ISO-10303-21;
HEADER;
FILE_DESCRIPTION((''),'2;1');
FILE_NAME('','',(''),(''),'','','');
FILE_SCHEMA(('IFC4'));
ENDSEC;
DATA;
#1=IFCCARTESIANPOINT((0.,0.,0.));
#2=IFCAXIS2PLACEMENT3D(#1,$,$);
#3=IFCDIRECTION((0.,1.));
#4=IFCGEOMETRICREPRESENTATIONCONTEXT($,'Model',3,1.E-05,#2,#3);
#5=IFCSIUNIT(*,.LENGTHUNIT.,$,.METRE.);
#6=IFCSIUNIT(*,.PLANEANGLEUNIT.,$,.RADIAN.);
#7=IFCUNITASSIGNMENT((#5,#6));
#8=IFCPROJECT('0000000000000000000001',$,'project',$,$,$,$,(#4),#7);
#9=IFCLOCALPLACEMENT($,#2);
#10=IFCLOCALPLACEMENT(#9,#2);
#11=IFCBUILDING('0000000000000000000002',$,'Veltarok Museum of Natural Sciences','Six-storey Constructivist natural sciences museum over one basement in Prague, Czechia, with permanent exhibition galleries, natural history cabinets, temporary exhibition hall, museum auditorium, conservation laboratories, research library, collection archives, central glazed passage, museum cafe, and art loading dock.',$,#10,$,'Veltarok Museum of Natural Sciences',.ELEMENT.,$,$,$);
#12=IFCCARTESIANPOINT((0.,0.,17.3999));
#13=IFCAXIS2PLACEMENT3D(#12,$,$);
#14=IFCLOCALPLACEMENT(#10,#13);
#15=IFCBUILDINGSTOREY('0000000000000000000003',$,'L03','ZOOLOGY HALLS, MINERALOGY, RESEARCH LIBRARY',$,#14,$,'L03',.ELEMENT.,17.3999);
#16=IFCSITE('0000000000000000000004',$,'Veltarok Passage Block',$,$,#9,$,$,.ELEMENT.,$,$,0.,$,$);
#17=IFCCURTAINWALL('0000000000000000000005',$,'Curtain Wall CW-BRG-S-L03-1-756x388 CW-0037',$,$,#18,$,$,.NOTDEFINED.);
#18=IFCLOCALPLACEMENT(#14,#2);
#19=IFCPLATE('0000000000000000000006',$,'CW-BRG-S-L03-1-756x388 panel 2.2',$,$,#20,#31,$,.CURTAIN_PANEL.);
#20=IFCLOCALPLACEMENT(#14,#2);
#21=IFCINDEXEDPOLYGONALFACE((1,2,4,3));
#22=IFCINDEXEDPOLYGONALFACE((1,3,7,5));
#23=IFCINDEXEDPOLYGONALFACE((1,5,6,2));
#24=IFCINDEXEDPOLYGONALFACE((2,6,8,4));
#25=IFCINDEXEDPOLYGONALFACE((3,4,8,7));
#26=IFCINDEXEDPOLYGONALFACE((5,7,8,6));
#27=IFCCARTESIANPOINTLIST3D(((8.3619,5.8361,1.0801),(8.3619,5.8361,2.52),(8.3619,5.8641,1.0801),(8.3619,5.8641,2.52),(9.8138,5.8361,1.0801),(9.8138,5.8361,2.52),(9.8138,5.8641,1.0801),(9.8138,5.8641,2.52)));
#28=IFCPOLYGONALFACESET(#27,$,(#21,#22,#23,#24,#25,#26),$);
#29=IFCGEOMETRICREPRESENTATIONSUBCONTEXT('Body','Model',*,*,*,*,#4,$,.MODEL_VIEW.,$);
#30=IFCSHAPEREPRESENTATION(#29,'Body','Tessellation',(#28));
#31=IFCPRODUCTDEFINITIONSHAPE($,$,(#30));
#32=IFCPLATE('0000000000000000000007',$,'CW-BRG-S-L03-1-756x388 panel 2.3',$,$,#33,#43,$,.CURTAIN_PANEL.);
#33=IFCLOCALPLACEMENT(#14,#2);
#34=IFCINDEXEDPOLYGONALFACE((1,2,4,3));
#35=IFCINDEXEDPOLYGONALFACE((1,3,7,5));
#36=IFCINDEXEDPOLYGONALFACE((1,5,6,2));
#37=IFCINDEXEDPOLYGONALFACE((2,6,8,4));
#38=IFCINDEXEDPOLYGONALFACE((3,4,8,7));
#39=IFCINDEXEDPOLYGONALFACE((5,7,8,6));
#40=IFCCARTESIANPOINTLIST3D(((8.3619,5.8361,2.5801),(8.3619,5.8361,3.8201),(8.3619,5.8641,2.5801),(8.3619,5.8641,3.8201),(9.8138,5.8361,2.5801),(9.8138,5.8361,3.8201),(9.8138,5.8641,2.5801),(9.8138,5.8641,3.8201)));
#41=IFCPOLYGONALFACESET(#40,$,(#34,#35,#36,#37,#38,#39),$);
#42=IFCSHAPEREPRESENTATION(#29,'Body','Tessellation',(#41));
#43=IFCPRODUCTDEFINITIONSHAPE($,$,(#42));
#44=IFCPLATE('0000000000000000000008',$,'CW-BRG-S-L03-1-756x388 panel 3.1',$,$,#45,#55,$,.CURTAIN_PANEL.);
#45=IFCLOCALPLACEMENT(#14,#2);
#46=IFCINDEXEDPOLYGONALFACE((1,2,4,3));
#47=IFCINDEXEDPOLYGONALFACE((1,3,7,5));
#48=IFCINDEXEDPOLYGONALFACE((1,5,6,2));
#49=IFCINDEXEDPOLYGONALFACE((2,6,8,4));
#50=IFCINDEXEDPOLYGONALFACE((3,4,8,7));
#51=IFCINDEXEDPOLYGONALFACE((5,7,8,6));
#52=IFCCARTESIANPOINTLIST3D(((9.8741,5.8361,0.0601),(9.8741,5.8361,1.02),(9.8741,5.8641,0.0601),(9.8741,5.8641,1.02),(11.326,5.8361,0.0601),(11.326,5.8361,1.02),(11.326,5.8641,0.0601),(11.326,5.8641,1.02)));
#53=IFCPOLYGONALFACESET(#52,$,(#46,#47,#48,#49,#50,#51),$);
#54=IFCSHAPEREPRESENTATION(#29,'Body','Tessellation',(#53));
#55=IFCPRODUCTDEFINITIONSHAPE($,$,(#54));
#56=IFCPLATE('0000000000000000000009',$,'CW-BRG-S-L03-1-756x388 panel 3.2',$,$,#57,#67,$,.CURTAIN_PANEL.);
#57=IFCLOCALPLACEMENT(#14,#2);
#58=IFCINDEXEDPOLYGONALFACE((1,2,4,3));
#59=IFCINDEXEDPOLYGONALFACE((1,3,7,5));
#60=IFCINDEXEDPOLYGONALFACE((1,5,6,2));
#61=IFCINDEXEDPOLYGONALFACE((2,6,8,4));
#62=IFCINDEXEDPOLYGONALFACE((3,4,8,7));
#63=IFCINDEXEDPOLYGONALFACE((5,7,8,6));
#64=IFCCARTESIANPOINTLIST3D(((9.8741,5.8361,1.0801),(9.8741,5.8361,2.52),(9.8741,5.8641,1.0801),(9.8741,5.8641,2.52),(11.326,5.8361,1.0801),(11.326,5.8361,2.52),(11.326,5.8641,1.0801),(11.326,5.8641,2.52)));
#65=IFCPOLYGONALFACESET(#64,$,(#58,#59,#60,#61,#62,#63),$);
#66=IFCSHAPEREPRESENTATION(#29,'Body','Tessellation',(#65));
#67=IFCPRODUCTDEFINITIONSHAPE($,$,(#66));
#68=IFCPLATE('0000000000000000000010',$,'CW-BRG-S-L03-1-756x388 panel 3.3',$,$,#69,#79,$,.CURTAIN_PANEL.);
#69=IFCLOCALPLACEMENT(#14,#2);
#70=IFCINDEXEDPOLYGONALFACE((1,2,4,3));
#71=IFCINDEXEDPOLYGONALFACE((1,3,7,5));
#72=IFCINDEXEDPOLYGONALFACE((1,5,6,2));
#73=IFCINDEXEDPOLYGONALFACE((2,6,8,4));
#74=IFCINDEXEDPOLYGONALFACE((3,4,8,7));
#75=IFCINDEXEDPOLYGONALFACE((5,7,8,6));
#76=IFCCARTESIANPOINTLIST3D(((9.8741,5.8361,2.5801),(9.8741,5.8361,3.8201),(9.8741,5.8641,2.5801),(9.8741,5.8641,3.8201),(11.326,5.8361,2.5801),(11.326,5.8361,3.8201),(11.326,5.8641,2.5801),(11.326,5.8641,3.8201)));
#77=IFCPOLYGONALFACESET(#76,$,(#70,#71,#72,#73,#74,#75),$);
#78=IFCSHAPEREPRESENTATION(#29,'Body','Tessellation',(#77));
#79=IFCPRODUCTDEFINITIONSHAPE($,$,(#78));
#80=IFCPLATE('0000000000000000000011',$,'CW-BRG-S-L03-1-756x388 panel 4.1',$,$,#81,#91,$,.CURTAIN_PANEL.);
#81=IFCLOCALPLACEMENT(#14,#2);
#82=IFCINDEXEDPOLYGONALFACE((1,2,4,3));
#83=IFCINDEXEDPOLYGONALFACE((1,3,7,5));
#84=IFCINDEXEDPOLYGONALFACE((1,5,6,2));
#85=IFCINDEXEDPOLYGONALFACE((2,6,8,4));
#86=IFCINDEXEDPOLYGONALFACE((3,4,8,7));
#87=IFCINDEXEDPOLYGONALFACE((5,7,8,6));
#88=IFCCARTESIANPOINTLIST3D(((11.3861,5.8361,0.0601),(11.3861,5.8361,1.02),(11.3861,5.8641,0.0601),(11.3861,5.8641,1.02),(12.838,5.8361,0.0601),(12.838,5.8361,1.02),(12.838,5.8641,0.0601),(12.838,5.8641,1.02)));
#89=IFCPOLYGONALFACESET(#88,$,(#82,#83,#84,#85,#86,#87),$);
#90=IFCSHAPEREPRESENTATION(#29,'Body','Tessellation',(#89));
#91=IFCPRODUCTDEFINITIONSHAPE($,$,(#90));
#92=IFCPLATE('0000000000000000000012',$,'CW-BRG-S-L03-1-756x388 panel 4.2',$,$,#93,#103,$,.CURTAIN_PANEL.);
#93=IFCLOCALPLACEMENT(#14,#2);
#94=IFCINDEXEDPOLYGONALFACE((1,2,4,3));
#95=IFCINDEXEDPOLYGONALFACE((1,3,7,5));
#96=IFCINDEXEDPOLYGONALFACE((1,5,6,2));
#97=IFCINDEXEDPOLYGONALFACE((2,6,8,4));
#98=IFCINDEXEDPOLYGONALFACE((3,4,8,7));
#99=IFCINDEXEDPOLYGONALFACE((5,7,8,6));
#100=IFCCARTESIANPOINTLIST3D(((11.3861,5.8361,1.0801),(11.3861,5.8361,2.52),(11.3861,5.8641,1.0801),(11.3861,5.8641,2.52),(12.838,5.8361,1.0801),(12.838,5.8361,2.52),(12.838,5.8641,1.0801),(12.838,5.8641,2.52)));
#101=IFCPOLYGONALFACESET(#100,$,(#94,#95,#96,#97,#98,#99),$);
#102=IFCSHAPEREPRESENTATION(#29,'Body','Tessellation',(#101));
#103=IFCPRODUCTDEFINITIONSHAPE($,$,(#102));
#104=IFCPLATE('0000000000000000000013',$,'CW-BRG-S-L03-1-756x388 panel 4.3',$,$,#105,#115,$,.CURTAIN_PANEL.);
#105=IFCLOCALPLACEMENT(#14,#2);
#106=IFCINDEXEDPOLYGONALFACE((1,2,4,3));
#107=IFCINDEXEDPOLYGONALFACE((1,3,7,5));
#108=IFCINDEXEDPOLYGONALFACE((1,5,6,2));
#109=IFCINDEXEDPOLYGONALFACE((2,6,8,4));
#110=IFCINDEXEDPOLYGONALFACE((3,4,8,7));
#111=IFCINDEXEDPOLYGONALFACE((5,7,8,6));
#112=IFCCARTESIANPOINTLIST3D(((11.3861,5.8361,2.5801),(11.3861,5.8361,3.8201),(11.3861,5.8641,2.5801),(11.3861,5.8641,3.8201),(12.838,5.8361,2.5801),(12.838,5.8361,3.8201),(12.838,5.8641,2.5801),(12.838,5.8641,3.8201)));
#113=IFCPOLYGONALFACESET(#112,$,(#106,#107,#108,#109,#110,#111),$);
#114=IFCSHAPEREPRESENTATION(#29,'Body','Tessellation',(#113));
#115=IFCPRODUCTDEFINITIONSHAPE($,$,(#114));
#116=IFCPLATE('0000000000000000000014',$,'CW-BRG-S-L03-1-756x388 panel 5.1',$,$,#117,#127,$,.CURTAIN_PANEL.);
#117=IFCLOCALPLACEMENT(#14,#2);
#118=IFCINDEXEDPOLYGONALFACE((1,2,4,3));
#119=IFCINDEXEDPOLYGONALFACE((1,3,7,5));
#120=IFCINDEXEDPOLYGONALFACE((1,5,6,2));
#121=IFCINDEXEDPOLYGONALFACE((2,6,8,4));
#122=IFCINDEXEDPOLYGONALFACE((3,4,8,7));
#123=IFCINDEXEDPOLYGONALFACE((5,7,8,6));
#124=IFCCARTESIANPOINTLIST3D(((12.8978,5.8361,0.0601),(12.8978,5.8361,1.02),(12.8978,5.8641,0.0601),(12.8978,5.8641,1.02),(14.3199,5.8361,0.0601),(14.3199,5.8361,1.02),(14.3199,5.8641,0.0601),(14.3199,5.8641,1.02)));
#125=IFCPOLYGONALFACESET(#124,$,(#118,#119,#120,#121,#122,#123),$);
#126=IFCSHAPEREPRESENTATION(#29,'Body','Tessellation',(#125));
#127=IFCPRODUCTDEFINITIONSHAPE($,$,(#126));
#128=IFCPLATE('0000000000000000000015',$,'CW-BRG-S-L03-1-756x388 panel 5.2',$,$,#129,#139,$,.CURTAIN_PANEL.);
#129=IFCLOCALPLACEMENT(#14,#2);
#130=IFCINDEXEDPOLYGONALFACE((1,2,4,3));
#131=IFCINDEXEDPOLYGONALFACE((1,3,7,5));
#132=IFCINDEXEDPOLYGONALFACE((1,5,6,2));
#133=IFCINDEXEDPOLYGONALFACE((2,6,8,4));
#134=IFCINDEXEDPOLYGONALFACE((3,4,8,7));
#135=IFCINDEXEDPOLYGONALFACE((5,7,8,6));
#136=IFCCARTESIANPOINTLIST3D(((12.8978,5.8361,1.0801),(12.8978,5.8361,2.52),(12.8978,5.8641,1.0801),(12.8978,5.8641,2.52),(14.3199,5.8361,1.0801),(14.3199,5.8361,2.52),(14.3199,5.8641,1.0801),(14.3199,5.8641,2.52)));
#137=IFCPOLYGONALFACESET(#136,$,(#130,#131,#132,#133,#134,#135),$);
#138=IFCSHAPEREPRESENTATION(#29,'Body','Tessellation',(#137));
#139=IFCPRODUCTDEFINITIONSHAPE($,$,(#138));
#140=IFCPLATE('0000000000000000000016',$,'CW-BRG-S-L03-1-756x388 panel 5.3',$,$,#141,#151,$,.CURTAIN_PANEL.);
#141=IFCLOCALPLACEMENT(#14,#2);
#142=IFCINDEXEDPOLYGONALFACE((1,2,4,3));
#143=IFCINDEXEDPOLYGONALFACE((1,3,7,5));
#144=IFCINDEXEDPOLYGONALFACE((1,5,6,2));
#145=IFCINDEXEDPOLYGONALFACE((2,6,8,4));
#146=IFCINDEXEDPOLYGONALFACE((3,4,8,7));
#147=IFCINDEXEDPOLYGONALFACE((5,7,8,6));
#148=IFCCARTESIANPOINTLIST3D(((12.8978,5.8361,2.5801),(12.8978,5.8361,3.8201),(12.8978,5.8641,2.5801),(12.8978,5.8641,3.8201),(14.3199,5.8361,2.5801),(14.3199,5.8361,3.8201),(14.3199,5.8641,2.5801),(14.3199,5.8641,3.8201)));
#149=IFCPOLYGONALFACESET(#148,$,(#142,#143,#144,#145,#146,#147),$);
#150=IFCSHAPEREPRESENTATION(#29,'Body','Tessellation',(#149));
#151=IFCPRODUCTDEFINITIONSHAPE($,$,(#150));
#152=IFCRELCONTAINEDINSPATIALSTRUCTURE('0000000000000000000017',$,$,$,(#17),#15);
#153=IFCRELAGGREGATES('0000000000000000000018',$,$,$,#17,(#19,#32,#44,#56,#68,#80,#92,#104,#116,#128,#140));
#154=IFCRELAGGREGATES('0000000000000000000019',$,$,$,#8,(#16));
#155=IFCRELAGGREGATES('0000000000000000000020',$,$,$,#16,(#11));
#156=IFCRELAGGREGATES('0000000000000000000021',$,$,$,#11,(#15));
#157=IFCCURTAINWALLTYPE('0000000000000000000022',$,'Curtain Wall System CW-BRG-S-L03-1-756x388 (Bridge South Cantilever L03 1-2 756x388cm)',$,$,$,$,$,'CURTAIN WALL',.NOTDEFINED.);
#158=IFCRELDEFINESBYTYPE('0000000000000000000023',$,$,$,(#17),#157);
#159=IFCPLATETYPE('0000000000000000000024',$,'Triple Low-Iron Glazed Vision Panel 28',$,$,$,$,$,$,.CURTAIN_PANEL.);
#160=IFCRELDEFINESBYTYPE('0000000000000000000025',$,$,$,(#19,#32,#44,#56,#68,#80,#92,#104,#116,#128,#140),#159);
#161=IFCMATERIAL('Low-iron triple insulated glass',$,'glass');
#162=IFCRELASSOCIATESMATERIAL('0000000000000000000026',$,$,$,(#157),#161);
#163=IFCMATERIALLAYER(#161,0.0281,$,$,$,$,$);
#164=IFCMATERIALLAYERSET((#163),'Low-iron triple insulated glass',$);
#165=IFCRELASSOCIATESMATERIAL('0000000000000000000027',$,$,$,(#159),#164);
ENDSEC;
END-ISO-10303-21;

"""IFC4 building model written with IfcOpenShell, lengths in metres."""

from ifc_helpers import new_model, si_unit, direction, frame, origin, origin_2d, place, context, subcontext, project, spatial, rectangle, extrude, material, layer, layer_set, type_object, element, aggregate, save


model = new_model("IFC4")

# Units and contexts
model_context = context("Model", 3, precision=1e-05, world=origin(), true_north=direction((0.0, 1.0)))
body_context = subcontext(model_context, "Body", "Model", "MODEL_VIEW")
ifc_project = project(units=[si_unit("LENGTHUNIT", "METRE"), si_unit("PLANEANGLEUNIT", "RADIAN")], contexts=[model_context])

# Site, building, storey
site_placement = place(None, origin())
site = spatial("IfcSite", under=ifc_project, at=site_placement, Name="Veltarok Passage Block", CompositionType="ELEMENT", RefElevation=0.0)
building_placement = place(site_placement, origin())
building = spatial("IfcBuilding", under=site, at=building_placement, Name="Veltarok Museum of Natural Sciences", Description="Six-storey Constructivist natural sciences museum over one basement in Prague, Czechia, with permanent exhibition galleries, natural history cabinets, temporary exhibition hall, museum auditorium, conservation laboratories, research library, collection archives, central glazed passage, museum cafe, and art loading dock.", LongName="Veltarok Museum of Natural Sciences", CompositionType="ELEMENT")
storey_placement = place(building_placement, frame((0.0, 0.0, 17.3999)))
storey = spatial("IfcBuildingStorey", under=building, at=storey_placement, Name="L03", Description="ZOOLOGY HALLS, MINERALOGY, RESEARCH LIBRARY", LongName="L03", CompositionType="ELEMENT", Elevation=17.3999)

# Curtain wall
ifc_material_1 = material(Name="Low-iron triple insulated glass", Category="glass")
curtain_wall_type = type_object("IfcCurtainWallType", Name="Curtain Wall System CW-BRG-S-L03-1-756x388 (Bridge South Cantilever L03 1-2 756x388cm)", ElementType="CURTAIN WALL", PredefinedType="NOTDEFINED", material=ifc_material_1)
curtain_wall_placement = place(storey_placement, origin())
curtain_wall = element("IfcCurtainWall", 1, at=curtain_wall_placement, inside=storey, type_object=curtain_wall_type, Name="Curtain Wall CW-BRG-S-L03-1-756x388 CW-0037", PredefinedType="NOTDEFINED")

# Plates
ifc_layer = layer(ifc_material_1, 0.0281)
ifc_layer_set = layer_set([ifc_layer], Name="Low-iron triple insulated glass")
plate_type = type_object("IfcPlateType", Name="Triple Low-Iron Glazed Vision Panel 28", PredefinedType="CURTAIN_PANEL", material=ifc_layer_set)
plate_1_placement = place(storey_placement, frame((9.0879, 5.8501, 1.0801), z_axis=(0.0, 0.0, 1.0), x_axis=(1.0, 0.0, 0.0)))
plate_1 = element("IfcPlate", 2, at=plate_1_placement, type_object=plate_type, Name="CW-BRG-S-L03-1-756x388 panel 2.2", PredefinedType="CURTAIN_PANEL", context=body_context, shape_type="SweptSolid", body=[
    extrude(rectangle(XDim=1.4519, YDim=0.0281, at=origin_2d()), origin(), (0.0, 0.0, 1.0), 1.4399),
])
plate_2_placement = place(storey_placement, frame((9.0879, 5.8501, 2.5801), z_axis=(0.0, 0.0, 1.0), x_axis=(1.0, 0.0, 0.0)))
plate_2 = element("IfcPlate", 3, at=plate_2_placement, type_object=plate_type, Name="CW-BRG-S-L03-1-756x388 panel 2.3", PredefinedType="CURTAIN_PANEL", context=body_context, shape_type="SweptSolid", body=[
    extrude(rectangle(XDim=1.4519, YDim=0.0281, at=origin_2d()), origin(), (0.0, 0.0, 1.0), 1.24),
])
plate_3_placement = place(storey_placement, frame((10.6001, 5.8501, 0.0601), z_axis=(0.0, 0.0, 1.0), x_axis=(1.0, 0.0, 0.0)))
plate_3 = element("IfcPlate", 4, at=plate_3_placement, type_object=plate_type, Name="CW-BRG-S-L03-1-756x388 panel 3.1", PredefinedType="CURTAIN_PANEL", context=body_context, shape_type="SweptSolid", body=[
    extrude(rectangle(XDim=1.4519, YDim=0.0281, at=origin_2d()), origin(), (0.0, 0.0, 1.0), 0.96),
])
plate_4_placement = place(storey_placement, frame((10.6001, 5.8501, 1.0801), z_axis=(0.0, 0.0, 1.0), x_axis=(1.0, 0.0, 0.0)))
plate_4 = element("IfcPlate", 5, at=plate_4_placement, type_object=plate_type, Name="CW-BRG-S-L03-1-756x388 panel 3.2", PredefinedType="CURTAIN_PANEL", context=body_context, shape_type="SweptSolid", body=[
    extrude(rectangle(XDim=1.4519, YDim=0.0281, at=origin_2d()), origin(), (0.0, 0.0, 1.0), 1.4399),
])
plate_5_placement = place(storey_placement, frame((10.6001, 5.8501, 2.5801), z_axis=(0.0, 0.0, 1.0), x_axis=(1.0, 0.0, 0.0)))
plate_5 = element("IfcPlate", 6, at=plate_5_placement, type_object=plate_type, Name="CW-BRG-S-L03-1-756x388 panel 3.3", PredefinedType="CURTAIN_PANEL", context=body_context, shape_type="SweptSolid", body=[
    extrude(rectangle(XDim=1.4519, YDim=0.0281, at=origin_2d()), origin(), (0.0, 0.0, 1.0), 1.24),
])
plate_6_placement = place(storey_placement, frame((12.1121, 5.8501, 0.0601), z_axis=(0.0, 0.0, 1.0), x_axis=(1.0, 0.0, 0.0)))
plate_6 = element("IfcPlate", 7, at=plate_6_placement, type_object=plate_type, Name="CW-BRG-S-L03-1-756x388 panel 4.1", PredefinedType="CURTAIN_PANEL", context=body_context, shape_type="SweptSolid", body=[
    extrude(rectangle(XDim=1.4519, YDim=0.0281, at=origin_2d()), origin(), (0.0, 0.0, 1.0), 0.96),
])
plate_7_placement = place(storey_placement, frame((12.1121, 5.8501, 1.0801), z_axis=(0.0, 0.0, 1.0), x_axis=(1.0, 0.0, 0.0)))
plate_7 = element("IfcPlate", 8, at=plate_7_placement, type_object=plate_type, Name="CW-BRG-S-L03-1-756x388 panel 4.2", PredefinedType="CURTAIN_PANEL", context=body_context, shape_type="SweptSolid", body=[
    extrude(rectangle(XDim=1.4519, YDim=0.0281, at=origin_2d()), origin(), (0.0, 0.0, 1.0), 1.4399),
])
plate_8_placement = place(storey_placement, frame((12.1121, 5.8501, 2.5801), z_axis=(0.0, 0.0, 1.0), x_axis=(1.0, 0.0, 0.0)))
plate_8 = element("IfcPlate", 9, at=plate_8_placement, type_object=plate_type, Name="CW-BRG-S-L03-1-756x388 panel 4.3", PredefinedType="CURTAIN_PANEL", context=body_context, shape_type="SweptSolid", body=[
    extrude(rectangle(XDim=1.4519, YDim=0.0281, at=origin_2d()), origin(), (0.0, 0.0, 1.0), 1.24),
])
plate_9_placement = place(storey_placement, frame((13.6089, 5.8501, 0.0601), z_axis=(0.0, 0.0, 1.0), x_axis=(1.0, 0.0, 0.0)))
plate_9 = element("IfcPlate", 10, at=plate_9_placement, type_object=plate_type, Name="CW-BRG-S-L03-1-756x388 panel 5.1", PredefinedType="CURTAIN_PANEL", context=body_context, shape_type="SweptSolid", body=[
    extrude(rectangle(XDim=1.4221, YDim=0.0281, at=origin_2d()), origin(), (0.0, 0.0, 1.0), 0.96),
])
plate_10_placement = place(storey_placement, frame((13.6089, 5.8501, 1.0801), z_axis=(0.0, 0.0, 1.0), x_axis=(1.0, 0.0, 0.0)))
plate_10 = element("IfcPlate", 11, at=plate_10_placement, type_object=plate_type, Name="CW-BRG-S-L03-1-756x388 panel 5.2", PredefinedType="CURTAIN_PANEL", context=body_context, shape_type="SweptSolid", body=[
    extrude(rectangle(XDim=1.4221, YDim=0.0281, at=origin_2d()), origin(), (0.0, 0.0, 1.0), 1.4399),
])
plate_11_placement = place(storey_placement, frame((13.6089, 5.8501, 2.5801), z_axis=(0.0, 0.0, 1.0), x_axis=(1.0, 0.0, 0.0)))
plate_11 = element("IfcPlate", 12, at=plate_11_placement, type_object=plate_type, Name="CW-BRG-S-L03-1-756x388 panel 5.3", PredefinedType="CURTAIN_PANEL", context=body_context, shape_type="SweptSolid", body=[
    extrude(rectangle(XDim=1.4221, YDim=0.0281, at=origin_2d()), origin(), (0.0, 0.0, 1.0), 1.24),
])
aggregate(curtain_wall, [plate_1, plate_2, plate_3, plate_4, plate_5, plate_6, plate_7, plate_8, plate_9, plate_10, plate_11])

save(model, "model.ifc")
